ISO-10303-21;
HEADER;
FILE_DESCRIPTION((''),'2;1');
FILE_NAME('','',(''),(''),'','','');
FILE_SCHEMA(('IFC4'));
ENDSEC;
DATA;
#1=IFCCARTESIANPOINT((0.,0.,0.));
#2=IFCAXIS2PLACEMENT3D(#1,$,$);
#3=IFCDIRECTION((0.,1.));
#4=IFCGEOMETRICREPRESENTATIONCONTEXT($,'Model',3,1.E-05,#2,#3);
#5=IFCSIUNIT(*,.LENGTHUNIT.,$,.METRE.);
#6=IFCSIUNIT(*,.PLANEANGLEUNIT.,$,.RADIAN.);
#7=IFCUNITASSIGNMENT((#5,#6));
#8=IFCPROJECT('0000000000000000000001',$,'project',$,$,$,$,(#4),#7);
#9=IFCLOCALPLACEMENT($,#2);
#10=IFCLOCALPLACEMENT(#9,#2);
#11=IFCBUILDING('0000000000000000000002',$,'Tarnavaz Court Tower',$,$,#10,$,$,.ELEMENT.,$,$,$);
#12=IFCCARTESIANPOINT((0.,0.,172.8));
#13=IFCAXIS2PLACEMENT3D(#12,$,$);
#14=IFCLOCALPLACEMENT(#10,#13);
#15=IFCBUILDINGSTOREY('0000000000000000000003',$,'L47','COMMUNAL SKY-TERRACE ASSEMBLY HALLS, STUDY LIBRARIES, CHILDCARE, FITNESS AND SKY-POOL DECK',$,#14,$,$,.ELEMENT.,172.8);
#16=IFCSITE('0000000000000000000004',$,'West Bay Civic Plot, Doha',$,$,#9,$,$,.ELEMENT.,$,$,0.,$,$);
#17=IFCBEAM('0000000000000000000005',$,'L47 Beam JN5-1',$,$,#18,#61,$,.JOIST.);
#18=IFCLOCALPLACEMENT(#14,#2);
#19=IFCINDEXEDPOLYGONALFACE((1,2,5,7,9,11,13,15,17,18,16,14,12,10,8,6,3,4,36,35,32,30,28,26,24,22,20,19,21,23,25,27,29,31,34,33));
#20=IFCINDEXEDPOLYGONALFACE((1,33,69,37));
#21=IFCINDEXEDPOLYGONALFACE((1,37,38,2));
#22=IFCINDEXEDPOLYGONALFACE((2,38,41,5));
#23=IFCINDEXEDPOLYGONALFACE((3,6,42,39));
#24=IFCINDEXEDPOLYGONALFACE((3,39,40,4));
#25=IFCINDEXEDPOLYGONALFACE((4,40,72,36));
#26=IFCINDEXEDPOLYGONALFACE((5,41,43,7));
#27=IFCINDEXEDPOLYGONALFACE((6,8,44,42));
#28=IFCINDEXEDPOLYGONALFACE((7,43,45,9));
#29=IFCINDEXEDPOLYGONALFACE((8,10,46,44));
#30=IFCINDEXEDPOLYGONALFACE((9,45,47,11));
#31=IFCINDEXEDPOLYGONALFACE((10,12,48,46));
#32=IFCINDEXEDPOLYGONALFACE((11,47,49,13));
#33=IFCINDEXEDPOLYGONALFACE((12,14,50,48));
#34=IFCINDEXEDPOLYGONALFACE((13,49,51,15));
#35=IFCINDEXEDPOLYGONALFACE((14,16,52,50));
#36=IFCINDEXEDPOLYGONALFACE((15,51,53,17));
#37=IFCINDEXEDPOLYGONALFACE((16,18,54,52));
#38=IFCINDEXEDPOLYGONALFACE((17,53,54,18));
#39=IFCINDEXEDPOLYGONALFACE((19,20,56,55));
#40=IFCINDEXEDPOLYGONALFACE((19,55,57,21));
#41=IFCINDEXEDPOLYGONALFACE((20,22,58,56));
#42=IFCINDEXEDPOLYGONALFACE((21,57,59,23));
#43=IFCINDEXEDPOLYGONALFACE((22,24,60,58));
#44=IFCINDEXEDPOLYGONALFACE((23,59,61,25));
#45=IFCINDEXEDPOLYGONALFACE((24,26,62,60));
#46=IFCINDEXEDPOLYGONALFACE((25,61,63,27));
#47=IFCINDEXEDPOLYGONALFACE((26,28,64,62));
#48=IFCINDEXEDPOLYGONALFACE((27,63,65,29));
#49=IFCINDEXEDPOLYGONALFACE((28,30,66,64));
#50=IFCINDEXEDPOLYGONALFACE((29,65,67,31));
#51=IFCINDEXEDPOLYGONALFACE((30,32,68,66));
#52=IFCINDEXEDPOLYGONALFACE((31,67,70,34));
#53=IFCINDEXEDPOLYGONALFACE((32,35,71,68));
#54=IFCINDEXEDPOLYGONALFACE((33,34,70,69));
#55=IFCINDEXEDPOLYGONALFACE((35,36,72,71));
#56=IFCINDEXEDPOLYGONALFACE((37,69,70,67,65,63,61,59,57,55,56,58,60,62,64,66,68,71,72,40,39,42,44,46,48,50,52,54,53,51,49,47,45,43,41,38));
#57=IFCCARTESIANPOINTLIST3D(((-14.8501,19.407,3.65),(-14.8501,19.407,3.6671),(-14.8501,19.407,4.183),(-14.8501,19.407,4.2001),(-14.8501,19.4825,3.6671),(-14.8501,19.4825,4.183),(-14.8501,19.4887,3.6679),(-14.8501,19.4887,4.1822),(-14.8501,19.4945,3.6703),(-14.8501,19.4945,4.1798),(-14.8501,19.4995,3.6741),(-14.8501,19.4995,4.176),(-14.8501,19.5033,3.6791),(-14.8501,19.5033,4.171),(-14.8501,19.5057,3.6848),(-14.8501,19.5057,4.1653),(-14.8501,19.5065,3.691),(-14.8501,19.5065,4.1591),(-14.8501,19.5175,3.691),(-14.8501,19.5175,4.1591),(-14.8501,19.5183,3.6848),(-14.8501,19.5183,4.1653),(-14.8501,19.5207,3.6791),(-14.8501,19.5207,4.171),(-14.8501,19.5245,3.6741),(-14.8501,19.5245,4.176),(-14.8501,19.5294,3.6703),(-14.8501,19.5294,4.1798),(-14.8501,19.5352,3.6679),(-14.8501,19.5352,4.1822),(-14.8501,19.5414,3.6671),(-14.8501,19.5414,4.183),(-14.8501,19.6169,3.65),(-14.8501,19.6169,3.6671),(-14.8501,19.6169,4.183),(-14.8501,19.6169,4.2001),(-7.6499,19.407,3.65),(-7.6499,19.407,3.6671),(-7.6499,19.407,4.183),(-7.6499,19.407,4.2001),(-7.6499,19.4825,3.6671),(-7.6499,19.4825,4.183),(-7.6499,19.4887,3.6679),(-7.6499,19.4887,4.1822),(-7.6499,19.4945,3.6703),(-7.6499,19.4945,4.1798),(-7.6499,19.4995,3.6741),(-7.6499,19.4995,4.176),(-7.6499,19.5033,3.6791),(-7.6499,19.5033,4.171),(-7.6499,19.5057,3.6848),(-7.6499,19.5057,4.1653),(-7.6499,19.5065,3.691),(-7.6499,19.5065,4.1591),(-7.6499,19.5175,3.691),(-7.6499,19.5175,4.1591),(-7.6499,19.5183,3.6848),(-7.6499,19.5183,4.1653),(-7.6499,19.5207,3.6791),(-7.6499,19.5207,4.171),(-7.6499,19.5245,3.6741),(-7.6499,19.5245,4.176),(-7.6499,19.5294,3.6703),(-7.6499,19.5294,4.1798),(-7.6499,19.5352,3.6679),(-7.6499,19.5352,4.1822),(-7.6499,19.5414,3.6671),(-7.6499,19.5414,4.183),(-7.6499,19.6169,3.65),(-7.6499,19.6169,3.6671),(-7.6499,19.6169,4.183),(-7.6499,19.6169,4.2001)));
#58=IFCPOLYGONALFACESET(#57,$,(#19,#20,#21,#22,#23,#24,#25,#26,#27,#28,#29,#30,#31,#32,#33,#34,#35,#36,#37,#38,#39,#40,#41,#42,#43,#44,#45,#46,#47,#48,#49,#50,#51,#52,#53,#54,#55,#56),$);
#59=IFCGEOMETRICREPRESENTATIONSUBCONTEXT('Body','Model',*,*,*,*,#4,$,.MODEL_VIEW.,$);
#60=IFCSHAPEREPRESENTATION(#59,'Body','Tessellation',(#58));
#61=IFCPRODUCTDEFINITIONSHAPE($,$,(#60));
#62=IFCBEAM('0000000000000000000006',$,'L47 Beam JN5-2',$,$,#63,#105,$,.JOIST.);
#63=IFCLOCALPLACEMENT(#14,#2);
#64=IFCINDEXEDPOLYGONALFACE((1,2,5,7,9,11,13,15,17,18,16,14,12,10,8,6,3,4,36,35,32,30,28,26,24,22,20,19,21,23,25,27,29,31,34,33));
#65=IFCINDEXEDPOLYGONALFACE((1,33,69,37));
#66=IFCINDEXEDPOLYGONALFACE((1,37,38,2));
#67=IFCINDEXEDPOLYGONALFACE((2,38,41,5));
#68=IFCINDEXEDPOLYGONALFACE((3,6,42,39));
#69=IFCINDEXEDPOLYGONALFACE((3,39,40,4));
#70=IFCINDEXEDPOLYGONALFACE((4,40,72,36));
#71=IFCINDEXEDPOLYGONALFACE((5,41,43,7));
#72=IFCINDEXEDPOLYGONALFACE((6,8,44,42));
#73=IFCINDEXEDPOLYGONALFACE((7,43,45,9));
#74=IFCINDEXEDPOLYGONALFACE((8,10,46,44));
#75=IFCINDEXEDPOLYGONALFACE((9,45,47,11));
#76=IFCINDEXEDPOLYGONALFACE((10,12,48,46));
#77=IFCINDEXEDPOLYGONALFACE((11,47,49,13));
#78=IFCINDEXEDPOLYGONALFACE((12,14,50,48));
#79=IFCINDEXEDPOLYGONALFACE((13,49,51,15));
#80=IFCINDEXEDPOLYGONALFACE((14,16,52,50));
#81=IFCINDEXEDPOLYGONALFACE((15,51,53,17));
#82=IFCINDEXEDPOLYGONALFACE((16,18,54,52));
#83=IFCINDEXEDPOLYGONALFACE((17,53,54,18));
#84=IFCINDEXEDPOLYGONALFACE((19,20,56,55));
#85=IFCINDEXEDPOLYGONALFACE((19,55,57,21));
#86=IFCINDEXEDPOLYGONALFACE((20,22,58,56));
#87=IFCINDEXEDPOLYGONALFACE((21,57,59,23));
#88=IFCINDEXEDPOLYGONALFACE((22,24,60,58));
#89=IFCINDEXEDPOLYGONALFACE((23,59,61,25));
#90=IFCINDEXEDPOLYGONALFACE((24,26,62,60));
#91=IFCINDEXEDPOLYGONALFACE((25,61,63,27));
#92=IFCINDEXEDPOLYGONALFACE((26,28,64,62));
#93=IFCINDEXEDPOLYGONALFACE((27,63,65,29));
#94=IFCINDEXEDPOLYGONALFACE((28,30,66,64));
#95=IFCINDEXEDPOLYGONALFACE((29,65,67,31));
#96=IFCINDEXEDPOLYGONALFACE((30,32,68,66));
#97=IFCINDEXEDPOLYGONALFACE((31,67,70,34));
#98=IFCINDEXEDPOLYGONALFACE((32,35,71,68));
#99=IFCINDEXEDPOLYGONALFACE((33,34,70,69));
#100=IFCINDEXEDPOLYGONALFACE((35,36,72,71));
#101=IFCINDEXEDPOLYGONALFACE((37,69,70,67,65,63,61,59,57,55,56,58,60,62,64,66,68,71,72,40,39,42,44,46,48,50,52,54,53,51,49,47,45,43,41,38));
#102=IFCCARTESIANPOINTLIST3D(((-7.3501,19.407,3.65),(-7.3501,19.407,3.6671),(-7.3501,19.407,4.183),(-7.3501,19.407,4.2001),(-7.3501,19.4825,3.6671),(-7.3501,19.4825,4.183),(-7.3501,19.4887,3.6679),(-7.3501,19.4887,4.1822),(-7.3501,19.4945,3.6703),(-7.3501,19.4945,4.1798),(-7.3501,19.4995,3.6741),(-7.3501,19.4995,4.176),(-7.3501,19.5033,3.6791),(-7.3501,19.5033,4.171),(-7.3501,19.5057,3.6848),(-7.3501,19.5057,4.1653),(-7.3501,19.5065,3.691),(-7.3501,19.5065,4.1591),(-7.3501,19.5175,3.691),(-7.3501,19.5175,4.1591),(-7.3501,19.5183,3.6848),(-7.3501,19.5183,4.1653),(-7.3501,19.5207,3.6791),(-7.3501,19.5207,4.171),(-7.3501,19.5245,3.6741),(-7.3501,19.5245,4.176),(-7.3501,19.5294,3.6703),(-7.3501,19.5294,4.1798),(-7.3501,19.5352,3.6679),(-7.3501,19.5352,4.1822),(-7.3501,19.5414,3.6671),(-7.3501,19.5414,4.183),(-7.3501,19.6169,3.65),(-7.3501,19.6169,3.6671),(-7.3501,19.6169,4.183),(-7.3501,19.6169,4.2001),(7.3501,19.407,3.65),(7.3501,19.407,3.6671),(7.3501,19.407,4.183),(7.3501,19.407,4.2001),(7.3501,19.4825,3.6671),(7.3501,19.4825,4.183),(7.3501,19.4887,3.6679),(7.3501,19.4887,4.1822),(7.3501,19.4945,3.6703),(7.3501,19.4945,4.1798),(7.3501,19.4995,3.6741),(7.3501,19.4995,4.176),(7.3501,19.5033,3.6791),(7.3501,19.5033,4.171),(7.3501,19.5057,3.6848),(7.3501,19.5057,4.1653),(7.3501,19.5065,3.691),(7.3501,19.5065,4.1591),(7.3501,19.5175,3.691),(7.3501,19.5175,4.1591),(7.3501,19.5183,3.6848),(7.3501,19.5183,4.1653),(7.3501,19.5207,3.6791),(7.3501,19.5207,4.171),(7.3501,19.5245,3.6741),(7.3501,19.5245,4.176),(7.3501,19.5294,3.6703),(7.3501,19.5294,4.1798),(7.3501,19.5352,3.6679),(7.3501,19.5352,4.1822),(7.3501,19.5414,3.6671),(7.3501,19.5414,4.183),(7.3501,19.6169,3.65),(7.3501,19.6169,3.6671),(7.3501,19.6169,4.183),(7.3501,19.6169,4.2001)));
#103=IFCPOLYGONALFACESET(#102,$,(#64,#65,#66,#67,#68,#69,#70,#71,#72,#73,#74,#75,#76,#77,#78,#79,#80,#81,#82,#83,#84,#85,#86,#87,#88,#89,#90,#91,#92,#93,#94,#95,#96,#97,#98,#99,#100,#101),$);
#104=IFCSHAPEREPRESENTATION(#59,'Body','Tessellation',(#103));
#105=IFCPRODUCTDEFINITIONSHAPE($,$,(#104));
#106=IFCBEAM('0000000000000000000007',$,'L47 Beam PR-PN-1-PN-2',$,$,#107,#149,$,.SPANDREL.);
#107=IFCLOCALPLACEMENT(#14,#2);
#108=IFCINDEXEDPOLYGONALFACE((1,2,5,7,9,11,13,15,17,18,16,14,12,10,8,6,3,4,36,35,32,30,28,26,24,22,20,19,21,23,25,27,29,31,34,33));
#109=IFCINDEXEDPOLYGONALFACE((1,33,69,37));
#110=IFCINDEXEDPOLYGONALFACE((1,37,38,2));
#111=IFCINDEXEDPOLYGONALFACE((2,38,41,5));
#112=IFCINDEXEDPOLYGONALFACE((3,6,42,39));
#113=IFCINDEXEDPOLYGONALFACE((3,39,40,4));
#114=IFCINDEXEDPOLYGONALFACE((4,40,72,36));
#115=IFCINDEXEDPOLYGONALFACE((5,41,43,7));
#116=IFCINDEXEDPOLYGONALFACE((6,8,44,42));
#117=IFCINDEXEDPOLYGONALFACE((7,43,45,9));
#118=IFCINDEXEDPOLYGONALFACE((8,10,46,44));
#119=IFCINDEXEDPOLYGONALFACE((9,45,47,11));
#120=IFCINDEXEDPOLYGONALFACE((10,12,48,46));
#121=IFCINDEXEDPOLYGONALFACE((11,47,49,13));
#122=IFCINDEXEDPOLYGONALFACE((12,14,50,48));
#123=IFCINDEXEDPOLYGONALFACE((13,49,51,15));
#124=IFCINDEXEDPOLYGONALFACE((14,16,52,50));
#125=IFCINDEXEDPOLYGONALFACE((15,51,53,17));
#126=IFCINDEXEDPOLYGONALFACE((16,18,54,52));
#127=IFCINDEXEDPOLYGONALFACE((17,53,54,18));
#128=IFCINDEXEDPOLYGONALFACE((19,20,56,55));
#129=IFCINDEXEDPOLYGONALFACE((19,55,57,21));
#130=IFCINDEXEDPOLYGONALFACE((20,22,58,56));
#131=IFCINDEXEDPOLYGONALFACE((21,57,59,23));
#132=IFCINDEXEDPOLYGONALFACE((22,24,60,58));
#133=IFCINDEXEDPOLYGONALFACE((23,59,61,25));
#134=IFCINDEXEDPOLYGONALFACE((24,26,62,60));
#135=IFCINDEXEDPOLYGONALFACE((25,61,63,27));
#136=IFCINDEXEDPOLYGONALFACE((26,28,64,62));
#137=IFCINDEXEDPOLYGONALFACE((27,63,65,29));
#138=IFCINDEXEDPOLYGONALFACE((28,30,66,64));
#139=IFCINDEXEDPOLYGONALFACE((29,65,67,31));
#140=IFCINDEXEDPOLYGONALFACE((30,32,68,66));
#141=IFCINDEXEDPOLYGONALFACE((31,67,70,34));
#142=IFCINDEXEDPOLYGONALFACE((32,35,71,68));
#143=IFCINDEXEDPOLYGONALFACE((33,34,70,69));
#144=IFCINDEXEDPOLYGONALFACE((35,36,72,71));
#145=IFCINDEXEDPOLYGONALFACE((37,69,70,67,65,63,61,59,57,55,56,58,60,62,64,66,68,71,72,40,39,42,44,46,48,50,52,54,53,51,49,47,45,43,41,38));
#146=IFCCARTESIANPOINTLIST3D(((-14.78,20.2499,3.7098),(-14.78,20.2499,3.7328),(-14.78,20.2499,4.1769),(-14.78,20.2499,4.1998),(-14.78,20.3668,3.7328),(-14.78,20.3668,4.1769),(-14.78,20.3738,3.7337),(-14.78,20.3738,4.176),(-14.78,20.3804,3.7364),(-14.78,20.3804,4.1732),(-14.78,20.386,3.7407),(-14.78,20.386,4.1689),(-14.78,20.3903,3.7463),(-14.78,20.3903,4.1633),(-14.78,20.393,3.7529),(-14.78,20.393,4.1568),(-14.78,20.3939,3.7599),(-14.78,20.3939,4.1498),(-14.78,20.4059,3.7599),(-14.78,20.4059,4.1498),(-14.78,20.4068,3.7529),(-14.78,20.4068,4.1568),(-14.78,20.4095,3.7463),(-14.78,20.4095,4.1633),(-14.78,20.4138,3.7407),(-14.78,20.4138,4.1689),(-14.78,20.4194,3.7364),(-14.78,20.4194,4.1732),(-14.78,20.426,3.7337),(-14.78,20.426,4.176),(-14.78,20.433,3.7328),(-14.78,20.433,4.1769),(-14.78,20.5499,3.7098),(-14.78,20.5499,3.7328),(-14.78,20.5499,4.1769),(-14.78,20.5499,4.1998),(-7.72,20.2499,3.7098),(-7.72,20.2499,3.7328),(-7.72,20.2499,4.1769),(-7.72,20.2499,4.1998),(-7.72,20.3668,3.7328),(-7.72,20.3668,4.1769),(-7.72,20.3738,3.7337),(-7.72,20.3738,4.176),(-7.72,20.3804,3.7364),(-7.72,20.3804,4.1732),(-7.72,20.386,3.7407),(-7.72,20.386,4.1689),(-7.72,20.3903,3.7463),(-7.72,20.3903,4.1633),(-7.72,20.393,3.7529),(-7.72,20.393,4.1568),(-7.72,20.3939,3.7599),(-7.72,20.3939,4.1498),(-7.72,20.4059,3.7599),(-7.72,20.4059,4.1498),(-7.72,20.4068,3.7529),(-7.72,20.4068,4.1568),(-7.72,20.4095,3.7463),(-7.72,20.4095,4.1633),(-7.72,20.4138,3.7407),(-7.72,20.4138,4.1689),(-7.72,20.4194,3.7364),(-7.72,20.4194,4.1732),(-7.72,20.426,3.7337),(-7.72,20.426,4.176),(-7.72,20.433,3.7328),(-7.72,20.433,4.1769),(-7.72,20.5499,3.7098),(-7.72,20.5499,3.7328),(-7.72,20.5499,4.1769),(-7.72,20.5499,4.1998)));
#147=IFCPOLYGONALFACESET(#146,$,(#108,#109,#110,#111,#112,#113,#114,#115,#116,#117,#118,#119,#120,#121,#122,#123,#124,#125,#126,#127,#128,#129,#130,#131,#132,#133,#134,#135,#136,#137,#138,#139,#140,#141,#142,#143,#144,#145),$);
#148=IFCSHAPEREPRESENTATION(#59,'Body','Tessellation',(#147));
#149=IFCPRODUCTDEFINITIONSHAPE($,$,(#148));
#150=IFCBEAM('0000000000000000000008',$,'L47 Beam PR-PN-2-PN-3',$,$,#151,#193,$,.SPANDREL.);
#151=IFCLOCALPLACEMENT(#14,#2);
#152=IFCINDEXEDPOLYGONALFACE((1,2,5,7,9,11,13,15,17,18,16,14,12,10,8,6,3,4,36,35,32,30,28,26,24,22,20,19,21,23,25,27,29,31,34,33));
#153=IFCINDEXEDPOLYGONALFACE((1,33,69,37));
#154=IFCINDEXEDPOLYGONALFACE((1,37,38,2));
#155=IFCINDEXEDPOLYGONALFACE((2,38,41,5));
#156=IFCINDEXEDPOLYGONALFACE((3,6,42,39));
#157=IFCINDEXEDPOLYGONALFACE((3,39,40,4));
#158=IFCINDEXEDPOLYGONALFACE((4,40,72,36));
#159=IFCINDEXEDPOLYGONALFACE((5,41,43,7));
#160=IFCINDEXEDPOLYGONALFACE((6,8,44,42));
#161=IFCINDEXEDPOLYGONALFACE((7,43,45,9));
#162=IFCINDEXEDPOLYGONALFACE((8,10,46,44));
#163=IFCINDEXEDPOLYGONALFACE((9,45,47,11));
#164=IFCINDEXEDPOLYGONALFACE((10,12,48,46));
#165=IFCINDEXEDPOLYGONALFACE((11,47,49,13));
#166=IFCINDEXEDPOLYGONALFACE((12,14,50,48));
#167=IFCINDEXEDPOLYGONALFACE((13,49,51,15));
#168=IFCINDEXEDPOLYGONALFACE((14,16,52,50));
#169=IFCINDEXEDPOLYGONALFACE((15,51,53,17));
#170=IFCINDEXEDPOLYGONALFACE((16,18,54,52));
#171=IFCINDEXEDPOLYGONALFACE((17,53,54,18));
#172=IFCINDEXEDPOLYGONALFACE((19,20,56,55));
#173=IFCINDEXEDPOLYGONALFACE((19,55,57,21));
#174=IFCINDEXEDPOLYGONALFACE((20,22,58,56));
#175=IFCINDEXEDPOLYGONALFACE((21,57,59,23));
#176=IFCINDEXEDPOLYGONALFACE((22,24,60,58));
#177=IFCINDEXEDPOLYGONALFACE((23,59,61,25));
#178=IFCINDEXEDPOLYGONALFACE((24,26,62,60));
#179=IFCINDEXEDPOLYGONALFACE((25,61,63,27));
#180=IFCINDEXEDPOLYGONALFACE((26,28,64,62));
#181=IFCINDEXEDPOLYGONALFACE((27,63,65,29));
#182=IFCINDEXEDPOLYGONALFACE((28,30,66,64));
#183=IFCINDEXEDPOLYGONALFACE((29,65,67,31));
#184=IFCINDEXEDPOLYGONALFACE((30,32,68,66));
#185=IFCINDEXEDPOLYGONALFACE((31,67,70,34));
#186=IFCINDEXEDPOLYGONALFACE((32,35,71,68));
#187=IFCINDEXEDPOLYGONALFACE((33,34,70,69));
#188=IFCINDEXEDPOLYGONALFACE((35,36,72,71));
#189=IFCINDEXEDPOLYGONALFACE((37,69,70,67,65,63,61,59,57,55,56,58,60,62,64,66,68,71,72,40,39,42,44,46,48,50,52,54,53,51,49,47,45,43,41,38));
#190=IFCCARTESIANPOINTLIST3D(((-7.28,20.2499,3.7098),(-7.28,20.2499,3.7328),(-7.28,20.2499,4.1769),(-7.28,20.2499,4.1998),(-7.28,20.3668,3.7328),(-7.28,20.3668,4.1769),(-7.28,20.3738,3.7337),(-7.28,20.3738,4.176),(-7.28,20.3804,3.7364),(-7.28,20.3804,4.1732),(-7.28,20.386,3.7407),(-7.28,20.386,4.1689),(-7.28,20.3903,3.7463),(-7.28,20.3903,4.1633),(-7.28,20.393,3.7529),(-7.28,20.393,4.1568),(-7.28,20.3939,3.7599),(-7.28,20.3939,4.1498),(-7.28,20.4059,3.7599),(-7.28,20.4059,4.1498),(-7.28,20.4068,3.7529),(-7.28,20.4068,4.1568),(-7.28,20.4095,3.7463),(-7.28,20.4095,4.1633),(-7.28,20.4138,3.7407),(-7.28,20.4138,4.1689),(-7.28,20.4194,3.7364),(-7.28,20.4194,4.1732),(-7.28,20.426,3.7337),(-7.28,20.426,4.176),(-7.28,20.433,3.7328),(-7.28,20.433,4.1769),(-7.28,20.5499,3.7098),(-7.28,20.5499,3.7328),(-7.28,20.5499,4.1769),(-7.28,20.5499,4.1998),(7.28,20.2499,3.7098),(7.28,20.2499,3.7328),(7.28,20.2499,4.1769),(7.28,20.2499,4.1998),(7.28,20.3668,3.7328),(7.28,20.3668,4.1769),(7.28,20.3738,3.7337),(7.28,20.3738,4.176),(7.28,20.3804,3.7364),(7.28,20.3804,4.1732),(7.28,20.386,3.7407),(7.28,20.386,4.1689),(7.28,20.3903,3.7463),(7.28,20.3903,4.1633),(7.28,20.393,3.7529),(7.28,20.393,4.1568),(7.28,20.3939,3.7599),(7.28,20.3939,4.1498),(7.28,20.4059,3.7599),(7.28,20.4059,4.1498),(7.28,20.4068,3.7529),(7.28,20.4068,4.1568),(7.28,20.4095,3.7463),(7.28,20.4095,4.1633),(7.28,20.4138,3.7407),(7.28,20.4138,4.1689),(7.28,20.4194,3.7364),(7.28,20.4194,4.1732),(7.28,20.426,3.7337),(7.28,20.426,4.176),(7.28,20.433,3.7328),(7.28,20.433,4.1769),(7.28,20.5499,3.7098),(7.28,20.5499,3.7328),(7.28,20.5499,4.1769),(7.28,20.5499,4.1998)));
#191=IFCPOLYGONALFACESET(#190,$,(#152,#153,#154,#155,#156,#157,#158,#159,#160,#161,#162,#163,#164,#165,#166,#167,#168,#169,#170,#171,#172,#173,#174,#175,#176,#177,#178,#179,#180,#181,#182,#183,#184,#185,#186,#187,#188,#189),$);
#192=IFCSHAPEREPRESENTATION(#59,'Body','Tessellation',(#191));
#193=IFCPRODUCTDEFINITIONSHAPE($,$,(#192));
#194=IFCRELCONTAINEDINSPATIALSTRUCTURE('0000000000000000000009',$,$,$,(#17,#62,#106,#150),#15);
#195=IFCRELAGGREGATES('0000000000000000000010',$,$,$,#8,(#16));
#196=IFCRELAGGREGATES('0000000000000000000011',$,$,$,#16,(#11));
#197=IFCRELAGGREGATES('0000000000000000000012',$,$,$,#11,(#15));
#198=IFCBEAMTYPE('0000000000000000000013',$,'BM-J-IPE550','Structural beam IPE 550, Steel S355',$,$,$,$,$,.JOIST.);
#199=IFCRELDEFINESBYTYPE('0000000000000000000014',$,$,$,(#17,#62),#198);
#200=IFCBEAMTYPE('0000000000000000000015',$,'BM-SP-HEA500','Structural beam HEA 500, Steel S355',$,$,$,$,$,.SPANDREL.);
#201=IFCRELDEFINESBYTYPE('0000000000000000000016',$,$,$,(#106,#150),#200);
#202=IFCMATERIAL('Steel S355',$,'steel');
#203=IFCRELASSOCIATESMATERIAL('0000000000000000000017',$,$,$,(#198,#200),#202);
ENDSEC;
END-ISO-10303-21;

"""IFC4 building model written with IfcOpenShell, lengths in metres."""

from ifc_helpers import new_model, si_unit, direction, frame, origin, origin_2d, place, context, subcontext, project, spatial, i_section, extrude, material, material_profile, profile_set, type_object, element, save


model = new_model("IFC4")

# Units and contexts
model_context = context("Model", 3, precision=1e-05, world=origin(), true_north=direction((0.0, 1.0)))
body_context = subcontext(model_context, "Body", "Model", "MODEL_VIEW")
ifc_project = project(units=[si_unit("LENGTHUNIT", "METRE"), si_unit("PLANEANGLEUNIT", "RADIAN")], contexts=[model_context])

# Site, building, storey
site_placement = place(None, origin())
site = spatial("IfcSite", under=ifc_project, at=site_placement, Name="West Bay Civic Plot, Doha", CompositionType="ELEMENT", RefElevation=0.0)
building_placement = place(site_placement, origin())
building = spatial("IfcBuilding", under=site, at=building_placement, Name="Tarnavaz Court Tower", CompositionType="ELEMENT")
storey_placement = place(building_placement, frame((0.0, 0.0, 172.8)))
storey = spatial("IfcBuildingStorey", under=building, at=storey_placement, Name="L47", Description="COMMUNAL SKY-TERRACE ASSEMBLY HALLS, STUDY LIBRARIES, CHILDCARE, FITNESS AND SKY-POOL DECK", CompositionType="ELEMENT", Elevation=172.8)

# Beams
ifc_material_1 = material(Name="Steel S355", Category="steel")
ifc_material_profile_1 = material_profile(ifc_material_1, i_section(OverallWidth=0.21, OverallDepth=0.55, WebThickness=0.011, FlangeThickness=0.0171, FilletRadius=0.0239, at=origin_2d()), Name="IPE 550")
ifc_profile_set_1 = profile_set([ifc_material_profile_1], Name="Steel S355")
beam_type_1 = type_object("IfcBeamType", Name="BM-J-IPE550", Description="Structural beam IPE 550, Steel S355", PredefinedType="JOIST", material=ifc_profile_set_1)
beam_1_placement = place(storey_placement, frame((-14.8501, 19.512, 3.925), z_axis=(1.0, 0.0, 0.0), x_axis=(0.0, 1.0, 0.0)))
element("IfcBeam", 1, at=beam_1_placement, inside=storey, type_object=beam_type_1, Name="L47 Beam JN5-1", PredefinedType="JOIST", context=body_context, shape_type="SweptSolid", body=[
    extrude(i_section(OverallWidth=0.21, OverallDepth=0.55, WebThickness=0.011, FlangeThickness=0.0171, FilletRadius=0.0239, at=origin_2d()), origin(), (0.0, 0.0, 1.0), 7.2002),
])
beam_2_placement = place(storey_placement, frame((-7.3501, 19.512, 3.925), z_axis=(1.0, 0.0, 0.0), x_axis=(0.0, 1.0, 0.0)))
element("IfcBeam", 2, at=beam_2_placement, inside=storey, type_object=beam_type_1, Name="L47 Beam JN5-2", PredefinedType="JOIST", context=body_context, shape_type="SweptSolid", body=[
    extrude(i_section(OverallWidth=0.21, OverallDepth=0.55, WebThickness=0.011, FlangeThickness=0.0171, FilletRadius=0.0239, at=origin_2d()), origin(), (0.0, 0.0, 1.0), 14.7002),
])
ifc_material_profile_2 = material_profile(ifc_material_1, i_section(OverallWidth=0.3, OverallDepth=0.49, WebThickness=0.012, FlangeThickness=0.0229, FilletRadius=0.0271, at=origin_2d()), Name="HEA 500")
ifc_profile_set_2 = profile_set([ifc_material_profile_2], Name="Steel S355")
beam_type_2 = type_object("IfcBeamType", Name="BM-SP-HEA500", Description="Structural beam HEA 500, Steel S355", PredefinedType="SPANDREL", material=ifc_profile_set_2)
beam_3_placement = place(storey_placement, frame((-14.78, 20.3999, 3.9548), z_axis=(1.0, 0.0, 0.0), x_axis=(0.0, 1.0, 0.0)))
element("IfcBeam", 3, at=beam_3_placement, inside=storey, type_object=beam_type_2, Name="L47 Beam PR-PN-1-PN-2", PredefinedType="SPANDREL", context=body_context, shape_type="SweptSolid", body=[
    extrude(i_section(OverallWidth=0.3, OverallDepth=0.49, WebThickness=0.012, FlangeThickness=0.0229, FilletRadius=0.0271, at=origin_2d()), origin(), (0.0, 0.0, 1.0), 7.0601),
])
beam_4_placement = place(storey_placement, frame((-7.28, 20.3999, 3.9548), z_axis=(1.0, 0.0, 0.0), x_axis=(0.0, 1.0, 0.0)))
element("IfcBeam", 4, at=beam_4_placement, inside=storey, type_object=beam_type_2, Name="L47 Beam PR-PN-2-PN-3", PredefinedType="SPANDREL", context=body_context, shape_type="SweptSolid", body=[
    extrude(i_section(OverallWidth=0.3, OverallDepth=0.49, WebThickness=0.012, FlangeThickness=0.0229, FilletRadius=0.0271, at=origin_2d()), origin(), (0.0, 0.0, 1.0), 14.5601),
])

save(model, "model.ifc")
